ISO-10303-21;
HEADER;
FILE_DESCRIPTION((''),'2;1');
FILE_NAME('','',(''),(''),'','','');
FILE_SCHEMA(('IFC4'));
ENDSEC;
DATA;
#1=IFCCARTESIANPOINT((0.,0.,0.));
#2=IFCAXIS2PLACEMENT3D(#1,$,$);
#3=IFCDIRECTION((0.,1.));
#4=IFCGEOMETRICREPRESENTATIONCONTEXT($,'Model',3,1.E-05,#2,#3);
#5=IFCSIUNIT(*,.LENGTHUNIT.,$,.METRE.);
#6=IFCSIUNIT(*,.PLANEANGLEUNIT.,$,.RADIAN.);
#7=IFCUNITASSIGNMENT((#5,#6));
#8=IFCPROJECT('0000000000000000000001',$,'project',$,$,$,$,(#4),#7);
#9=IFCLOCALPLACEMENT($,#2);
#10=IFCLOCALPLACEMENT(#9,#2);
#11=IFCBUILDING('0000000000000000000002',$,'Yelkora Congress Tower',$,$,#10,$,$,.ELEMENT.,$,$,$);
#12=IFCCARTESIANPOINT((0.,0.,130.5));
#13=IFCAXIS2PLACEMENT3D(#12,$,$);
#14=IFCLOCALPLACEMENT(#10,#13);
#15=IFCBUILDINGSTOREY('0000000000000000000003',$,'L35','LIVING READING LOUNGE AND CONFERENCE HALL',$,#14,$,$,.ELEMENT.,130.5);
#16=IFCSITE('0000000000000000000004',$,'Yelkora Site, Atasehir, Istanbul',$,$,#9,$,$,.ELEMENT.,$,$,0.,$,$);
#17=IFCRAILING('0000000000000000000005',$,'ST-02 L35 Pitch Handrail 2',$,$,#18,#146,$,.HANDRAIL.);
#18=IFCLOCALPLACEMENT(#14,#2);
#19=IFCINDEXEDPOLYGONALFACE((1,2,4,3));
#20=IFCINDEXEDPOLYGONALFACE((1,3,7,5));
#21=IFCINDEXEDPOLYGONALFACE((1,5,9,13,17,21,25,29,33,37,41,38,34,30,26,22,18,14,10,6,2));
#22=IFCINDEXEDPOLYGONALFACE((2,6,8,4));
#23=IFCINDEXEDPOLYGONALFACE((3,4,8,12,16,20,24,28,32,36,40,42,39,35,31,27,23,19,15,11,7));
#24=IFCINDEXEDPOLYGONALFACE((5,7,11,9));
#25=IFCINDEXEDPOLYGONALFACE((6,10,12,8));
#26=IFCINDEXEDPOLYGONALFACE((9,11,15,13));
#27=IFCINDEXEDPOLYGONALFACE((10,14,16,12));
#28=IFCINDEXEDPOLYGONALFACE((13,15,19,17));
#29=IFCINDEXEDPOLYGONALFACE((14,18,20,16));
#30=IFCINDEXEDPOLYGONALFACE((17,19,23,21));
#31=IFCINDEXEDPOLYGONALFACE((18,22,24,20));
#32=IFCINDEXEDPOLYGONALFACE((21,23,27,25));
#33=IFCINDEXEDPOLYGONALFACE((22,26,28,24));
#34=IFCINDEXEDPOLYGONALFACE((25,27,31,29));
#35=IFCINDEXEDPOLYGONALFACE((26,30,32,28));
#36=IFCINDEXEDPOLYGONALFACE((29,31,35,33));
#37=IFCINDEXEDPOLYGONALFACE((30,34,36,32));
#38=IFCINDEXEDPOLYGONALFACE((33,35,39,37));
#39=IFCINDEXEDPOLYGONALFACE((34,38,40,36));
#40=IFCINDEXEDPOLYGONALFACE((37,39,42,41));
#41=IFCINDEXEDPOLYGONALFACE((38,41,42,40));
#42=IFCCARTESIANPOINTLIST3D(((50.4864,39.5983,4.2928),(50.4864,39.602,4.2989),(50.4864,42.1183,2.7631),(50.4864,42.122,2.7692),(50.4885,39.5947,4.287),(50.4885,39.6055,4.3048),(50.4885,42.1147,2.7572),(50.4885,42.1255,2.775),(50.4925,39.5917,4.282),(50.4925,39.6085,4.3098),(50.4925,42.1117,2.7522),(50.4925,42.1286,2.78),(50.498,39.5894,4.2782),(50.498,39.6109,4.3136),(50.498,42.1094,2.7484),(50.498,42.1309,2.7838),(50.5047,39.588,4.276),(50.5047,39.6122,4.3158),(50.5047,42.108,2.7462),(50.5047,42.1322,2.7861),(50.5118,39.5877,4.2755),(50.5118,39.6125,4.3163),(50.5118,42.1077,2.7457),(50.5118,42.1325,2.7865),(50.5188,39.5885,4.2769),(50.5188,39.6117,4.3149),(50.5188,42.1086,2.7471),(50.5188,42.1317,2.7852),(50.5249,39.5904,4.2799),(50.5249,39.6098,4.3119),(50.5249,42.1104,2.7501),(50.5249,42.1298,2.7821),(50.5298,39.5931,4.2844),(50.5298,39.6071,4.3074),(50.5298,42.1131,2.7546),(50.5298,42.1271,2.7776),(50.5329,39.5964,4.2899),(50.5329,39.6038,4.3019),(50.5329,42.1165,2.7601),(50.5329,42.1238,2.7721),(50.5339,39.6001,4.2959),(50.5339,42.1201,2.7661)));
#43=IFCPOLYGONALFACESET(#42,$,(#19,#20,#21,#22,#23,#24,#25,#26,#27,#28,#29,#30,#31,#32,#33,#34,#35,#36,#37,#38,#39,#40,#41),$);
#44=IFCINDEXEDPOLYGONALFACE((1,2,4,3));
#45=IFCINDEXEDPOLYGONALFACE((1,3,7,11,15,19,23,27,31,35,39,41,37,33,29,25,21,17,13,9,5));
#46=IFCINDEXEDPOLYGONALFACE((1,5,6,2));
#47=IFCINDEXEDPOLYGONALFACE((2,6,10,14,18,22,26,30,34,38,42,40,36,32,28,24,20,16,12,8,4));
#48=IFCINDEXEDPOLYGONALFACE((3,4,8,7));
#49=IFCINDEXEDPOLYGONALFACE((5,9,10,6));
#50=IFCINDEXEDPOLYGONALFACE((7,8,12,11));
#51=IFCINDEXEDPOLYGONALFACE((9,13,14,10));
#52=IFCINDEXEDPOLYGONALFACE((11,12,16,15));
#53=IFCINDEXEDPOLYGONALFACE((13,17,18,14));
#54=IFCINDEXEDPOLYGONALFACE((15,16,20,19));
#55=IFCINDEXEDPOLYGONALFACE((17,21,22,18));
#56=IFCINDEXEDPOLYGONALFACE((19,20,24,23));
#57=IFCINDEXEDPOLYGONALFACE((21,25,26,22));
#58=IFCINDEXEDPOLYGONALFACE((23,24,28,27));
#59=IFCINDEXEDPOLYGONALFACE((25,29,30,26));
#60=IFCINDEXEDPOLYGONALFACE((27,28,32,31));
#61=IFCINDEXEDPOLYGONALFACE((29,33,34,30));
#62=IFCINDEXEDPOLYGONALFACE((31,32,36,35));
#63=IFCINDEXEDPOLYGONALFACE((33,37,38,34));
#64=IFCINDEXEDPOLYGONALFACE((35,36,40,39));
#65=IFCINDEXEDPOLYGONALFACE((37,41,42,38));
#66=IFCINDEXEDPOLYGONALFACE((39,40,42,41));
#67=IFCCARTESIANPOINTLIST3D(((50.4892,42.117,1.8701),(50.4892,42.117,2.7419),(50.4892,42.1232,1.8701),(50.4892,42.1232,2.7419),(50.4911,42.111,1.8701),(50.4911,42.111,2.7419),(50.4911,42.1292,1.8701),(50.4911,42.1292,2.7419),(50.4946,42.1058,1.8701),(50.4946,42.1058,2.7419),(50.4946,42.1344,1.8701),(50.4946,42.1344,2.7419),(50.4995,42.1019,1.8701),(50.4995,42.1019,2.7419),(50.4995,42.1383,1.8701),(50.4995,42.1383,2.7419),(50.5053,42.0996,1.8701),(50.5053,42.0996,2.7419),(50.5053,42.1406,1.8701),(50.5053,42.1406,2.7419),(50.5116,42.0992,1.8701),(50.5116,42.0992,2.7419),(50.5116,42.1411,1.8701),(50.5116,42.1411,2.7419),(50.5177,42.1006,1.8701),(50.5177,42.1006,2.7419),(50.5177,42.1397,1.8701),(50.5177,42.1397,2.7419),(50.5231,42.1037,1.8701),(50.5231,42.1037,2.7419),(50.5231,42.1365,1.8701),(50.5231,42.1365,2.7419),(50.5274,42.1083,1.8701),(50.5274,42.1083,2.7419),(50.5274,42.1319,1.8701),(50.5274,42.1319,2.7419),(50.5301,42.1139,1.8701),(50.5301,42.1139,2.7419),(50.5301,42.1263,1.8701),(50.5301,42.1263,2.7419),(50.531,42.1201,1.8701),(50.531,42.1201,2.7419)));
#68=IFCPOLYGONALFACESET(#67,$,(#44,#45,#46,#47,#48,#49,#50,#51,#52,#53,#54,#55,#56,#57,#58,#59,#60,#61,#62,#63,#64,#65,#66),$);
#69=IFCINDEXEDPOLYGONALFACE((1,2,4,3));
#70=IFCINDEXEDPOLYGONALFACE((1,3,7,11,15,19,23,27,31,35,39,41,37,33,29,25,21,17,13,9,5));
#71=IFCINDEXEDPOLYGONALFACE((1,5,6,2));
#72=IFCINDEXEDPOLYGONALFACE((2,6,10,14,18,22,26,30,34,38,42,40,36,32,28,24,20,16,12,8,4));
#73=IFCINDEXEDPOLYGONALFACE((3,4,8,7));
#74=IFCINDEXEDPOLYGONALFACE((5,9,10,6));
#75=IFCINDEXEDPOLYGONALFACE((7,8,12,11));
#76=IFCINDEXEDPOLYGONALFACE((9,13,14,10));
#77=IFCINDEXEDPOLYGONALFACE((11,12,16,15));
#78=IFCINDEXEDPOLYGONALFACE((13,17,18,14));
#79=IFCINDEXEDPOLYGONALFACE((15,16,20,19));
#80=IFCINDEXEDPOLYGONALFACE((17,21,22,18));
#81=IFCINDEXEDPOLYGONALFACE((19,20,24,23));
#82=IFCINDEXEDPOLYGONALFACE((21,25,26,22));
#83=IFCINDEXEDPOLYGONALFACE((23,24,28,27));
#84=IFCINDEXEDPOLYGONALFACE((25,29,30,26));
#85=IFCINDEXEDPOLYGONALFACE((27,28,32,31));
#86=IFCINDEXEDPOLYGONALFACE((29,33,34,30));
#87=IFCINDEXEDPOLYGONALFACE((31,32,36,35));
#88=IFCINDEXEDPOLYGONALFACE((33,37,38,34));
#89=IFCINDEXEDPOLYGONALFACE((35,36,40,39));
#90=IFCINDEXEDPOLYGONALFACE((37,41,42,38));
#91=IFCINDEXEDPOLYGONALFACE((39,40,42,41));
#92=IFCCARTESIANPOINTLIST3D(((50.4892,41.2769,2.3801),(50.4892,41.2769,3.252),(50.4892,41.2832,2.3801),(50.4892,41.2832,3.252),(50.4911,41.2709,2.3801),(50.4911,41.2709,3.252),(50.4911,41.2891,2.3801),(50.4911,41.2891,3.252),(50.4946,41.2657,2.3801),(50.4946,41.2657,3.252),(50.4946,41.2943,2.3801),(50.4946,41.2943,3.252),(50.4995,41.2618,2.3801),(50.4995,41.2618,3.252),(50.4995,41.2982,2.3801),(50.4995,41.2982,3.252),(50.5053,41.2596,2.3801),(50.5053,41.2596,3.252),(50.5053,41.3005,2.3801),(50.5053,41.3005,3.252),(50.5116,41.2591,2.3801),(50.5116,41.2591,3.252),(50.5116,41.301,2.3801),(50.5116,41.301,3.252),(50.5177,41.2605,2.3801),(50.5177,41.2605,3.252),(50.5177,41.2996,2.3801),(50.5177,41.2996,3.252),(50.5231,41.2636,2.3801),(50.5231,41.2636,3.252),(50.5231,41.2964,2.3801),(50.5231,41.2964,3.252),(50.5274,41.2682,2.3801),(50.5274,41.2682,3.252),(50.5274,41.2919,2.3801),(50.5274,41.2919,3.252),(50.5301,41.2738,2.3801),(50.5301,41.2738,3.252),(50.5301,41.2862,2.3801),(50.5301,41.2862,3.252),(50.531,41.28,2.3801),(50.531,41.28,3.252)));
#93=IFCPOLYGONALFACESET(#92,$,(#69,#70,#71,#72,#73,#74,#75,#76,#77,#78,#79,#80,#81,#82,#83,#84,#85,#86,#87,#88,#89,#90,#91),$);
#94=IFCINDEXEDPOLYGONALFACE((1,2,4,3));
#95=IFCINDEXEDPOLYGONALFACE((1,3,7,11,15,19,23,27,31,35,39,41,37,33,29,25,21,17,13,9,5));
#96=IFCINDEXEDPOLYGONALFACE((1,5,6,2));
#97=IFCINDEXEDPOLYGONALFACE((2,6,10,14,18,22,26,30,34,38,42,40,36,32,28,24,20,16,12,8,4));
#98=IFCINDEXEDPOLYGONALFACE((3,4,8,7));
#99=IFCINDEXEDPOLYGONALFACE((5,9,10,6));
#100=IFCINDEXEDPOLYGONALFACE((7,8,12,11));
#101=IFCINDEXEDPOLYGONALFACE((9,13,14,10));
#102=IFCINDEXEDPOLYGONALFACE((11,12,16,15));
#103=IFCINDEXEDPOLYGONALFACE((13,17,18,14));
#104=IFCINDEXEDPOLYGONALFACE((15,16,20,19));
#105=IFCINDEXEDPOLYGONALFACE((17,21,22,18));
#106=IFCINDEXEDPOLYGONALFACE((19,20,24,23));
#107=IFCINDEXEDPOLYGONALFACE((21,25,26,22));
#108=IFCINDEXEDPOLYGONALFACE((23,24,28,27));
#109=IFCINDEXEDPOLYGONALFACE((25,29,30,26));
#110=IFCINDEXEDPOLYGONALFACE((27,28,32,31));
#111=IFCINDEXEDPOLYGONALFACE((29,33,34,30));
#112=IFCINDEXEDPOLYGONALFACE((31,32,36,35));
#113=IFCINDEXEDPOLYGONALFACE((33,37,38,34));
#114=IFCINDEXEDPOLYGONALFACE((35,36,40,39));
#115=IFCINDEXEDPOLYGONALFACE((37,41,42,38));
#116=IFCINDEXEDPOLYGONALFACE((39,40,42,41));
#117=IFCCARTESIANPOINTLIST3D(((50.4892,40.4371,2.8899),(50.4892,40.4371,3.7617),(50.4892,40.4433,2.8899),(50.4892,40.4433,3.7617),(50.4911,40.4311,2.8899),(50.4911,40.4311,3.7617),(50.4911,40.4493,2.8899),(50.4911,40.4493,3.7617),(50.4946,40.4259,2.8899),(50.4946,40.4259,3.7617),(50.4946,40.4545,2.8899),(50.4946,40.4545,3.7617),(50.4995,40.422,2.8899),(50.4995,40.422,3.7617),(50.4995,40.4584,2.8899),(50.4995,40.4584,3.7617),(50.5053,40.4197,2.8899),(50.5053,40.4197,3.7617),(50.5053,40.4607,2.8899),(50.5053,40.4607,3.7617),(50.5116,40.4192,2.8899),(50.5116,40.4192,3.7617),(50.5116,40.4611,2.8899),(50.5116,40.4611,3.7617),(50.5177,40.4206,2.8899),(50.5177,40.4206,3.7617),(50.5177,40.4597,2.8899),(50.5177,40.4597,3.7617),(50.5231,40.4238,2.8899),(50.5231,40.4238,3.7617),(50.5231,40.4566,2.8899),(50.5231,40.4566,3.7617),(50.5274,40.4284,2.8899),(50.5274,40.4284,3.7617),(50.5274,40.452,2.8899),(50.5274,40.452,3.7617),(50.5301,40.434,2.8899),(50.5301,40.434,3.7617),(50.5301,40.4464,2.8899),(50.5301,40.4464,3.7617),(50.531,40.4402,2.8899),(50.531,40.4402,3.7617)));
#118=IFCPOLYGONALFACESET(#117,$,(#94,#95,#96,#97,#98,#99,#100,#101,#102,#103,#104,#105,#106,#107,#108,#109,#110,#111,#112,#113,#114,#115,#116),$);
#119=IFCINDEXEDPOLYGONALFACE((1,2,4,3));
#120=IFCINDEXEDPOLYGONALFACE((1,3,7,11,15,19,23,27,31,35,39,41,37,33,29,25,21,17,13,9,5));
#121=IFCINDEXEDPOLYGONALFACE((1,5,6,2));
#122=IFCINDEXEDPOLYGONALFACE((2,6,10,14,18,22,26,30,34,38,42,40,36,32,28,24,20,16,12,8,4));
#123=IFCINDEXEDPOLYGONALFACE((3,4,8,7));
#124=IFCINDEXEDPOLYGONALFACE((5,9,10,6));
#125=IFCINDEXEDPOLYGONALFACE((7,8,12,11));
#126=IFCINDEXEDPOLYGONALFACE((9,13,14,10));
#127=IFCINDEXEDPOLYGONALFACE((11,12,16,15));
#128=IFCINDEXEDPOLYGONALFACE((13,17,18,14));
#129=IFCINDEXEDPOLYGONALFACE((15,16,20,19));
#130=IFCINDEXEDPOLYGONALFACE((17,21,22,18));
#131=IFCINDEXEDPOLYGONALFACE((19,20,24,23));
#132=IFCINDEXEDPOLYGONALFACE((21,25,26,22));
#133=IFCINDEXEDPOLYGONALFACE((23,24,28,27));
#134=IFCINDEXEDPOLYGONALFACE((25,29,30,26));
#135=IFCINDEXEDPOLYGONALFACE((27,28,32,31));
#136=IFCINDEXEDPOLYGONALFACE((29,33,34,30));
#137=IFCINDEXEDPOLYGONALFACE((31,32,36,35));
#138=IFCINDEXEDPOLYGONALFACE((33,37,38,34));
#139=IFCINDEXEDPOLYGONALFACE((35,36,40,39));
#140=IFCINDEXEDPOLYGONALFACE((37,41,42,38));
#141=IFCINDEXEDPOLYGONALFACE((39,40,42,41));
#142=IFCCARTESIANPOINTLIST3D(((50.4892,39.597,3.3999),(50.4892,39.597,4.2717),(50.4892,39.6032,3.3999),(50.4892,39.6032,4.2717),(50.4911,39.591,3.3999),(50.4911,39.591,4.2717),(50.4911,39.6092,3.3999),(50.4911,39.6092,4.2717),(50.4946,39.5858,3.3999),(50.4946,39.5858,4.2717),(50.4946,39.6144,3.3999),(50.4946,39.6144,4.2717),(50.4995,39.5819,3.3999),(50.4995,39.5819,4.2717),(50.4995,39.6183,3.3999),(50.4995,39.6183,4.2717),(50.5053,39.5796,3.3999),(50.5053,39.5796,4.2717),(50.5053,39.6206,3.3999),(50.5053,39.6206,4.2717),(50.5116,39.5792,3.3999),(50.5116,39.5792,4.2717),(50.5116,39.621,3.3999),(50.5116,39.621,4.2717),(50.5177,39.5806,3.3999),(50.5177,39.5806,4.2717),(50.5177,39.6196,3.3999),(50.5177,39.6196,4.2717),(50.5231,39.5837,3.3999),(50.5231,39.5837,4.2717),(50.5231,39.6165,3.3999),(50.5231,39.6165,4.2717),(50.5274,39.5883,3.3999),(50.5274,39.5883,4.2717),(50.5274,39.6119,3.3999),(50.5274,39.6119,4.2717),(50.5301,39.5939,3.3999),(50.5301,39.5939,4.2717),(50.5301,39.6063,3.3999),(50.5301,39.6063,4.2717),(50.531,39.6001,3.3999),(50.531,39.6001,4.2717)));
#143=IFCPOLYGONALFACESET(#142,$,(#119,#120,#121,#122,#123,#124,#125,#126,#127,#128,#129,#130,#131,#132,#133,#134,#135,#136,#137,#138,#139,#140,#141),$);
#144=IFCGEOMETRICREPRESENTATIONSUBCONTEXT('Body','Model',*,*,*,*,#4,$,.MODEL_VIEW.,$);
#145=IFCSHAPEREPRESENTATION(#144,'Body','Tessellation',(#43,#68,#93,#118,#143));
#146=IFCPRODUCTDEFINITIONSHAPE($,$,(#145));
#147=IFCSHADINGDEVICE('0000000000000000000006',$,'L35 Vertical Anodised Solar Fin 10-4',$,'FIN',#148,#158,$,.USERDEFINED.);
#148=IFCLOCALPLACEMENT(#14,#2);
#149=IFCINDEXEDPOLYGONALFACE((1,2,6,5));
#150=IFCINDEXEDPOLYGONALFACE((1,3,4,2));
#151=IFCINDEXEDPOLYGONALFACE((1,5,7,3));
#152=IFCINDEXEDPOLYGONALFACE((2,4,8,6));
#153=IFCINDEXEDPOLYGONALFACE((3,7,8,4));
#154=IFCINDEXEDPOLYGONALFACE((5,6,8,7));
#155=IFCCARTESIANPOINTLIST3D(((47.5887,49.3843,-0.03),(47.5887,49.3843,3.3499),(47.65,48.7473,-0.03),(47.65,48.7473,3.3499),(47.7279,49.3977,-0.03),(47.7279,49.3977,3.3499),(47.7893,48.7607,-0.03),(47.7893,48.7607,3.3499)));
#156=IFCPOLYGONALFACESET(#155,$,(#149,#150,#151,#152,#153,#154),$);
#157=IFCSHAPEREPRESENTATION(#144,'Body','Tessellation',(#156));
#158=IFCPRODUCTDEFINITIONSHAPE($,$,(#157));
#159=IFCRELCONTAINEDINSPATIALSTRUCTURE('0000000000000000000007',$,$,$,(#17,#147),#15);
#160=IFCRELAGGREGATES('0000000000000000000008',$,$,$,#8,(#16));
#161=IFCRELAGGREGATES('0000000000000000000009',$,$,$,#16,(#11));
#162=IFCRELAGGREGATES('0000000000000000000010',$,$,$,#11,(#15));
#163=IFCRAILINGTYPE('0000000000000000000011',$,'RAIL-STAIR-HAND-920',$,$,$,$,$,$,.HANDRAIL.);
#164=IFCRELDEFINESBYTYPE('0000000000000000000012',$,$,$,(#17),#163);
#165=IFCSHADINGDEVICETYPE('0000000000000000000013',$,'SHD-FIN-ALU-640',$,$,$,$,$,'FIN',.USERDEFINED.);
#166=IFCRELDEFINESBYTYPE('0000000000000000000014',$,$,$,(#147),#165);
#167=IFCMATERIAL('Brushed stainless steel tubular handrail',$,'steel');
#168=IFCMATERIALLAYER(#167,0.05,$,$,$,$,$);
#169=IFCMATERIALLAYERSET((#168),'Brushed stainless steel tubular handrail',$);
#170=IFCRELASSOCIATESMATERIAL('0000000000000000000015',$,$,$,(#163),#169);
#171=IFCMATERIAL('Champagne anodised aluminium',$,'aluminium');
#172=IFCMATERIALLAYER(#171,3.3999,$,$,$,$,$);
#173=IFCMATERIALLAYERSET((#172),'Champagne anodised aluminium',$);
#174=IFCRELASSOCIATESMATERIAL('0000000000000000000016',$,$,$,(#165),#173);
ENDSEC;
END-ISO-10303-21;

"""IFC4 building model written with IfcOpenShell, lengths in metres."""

from ifc_helpers import new_model, si_unit, direction, frame, origin, origin_2d, place, context, subcontext, project, spatial, rectangle, circle, extrude, material, layer, layer_set, type_object, element, save


model = new_model("IFC4")

# Units and contexts
model_context = context("Model", 3, precision=1e-05, world=origin(), true_north=direction((0.0, 1.0)))
body_context = subcontext(model_context, "Body", "Model", "MODEL_VIEW")
ifc_project = project(units=[si_unit("LENGTHUNIT", "METRE"), si_unit("PLANEANGLEUNIT", "RADIAN")], contexts=[model_context])

# Site, building, storey
site_placement = place(None, origin())
site = spatial("IfcSite", under=ifc_project, at=site_placement, Name="Yelkora Site, Atasehir, Istanbul", CompositionType="ELEMENT", RefElevation=0.0)
building_placement = place(site_placement, origin())
building = spatial("IfcBuilding", under=site, at=building_placement, Name="Yelkora Congress Tower", CompositionType="ELEMENT")
storey_placement = place(building_placement, frame((0.0, 0.0, 130.5)))
storey = spatial("IfcBuildingStorey", under=building, at=storey_placement, Name="L35", Description="LIVING READING LOUNGE AND CONFERENCE HALL", CompositionType="ELEMENT", Elevation=130.5)

# Railing
ifc_material_1 = material(Name="Brushed stainless steel tubular handrail", Category="steel")
ifc_layer_1 = layer(ifc_material_1, 0.05)
ifc_layer_set_1 = layer_set([ifc_layer_1], Name="Brushed stainless steel tubular handrail")
railing_type_1 = type_object("IfcRailingType", Name="RAIL-STAIR-HAND-920", PredefinedType="HANDRAIL", material=ifc_layer_set_1)
railing_1_placement = place(storey_placement, frame((50.51, 42.1201, 1.8701)))
element("IfcRailing", 1, at=railing_1_placement, inside=storey, type_object=railing_type_1, Name="ST-02 L35 Pitch Handrail 2", PredefinedType="HANDRAIL", context=body_context, shape_type="SweptSolid", body=[
    extrude(circle(Radius=0.0239, at=origin_2d()), frame((0.0, 0.0, 0.896), z_axis=(0.0, -0.854822, 0.518922), x_axis=(1.0, 0.0, 0.0)), (0.0, 0.0, 1.0), 2.948),
    extrude(circle(Radius=0.021, at=origin_2d()), origin(), (0.0, 0.0, 1.0), 0.8718),
    extrude(circle(Radius=0.021, at=origin_2d()), frame((0.0, -0.8401, 0.51)), (0.0, 0.0, 1.0), 0.8718),
    extrude(circle(Radius=0.021, at=origin_2d()), frame((0.0, -1.6799, 1.0198)), (0.0, 0.0, 1.0), 0.8718),
    extrude(circle(Radius=0.021, at=origin_2d()), frame((0.0, -2.52, 1.5298)), (0.0, 0.0, 1.0), 0.8718),
])

# Shading device
ifc_material_2 = material(Name="Champagne anodised aluminium", Category="aluminium")
ifc_layer_2 = layer(ifc_material_2, 3.3999)
ifc_layer_set_2 = layer_set([ifc_layer_2], Name="Champagne anodised aluminium")
shading_device_type = type_object("IfcShadingDeviceType", Name="SHD-FIN-ALU-640", ElementType="FIN", PredefinedType="USERDEFINED", material=ifc_layer_set_2)
shading_device_placement = place(storey_placement, frame((47.689, 49.0725, -0.03), z_axis=(0.0, 0.0, 1.0), x_axis=(0.995396, 0.095846, 0.0)))
element("IfcShadingDevice", 2, at=shading_device_placement, inside=storey, type_object=shading_device_type, Name="L35 Vertical Anodised Solar Fin 10-4", ObjectType="FIN", PredefinedType="USERDEFINED", context=body_context, shape_type="SweptSolid", body=[
    extrude(rectangle(XDim=0.1399, YDim=0.6399, at=origin_2d()), origin(), (0.0, 0.0, 1.0), 3.3799),
])

save(model, "model.ifc")
